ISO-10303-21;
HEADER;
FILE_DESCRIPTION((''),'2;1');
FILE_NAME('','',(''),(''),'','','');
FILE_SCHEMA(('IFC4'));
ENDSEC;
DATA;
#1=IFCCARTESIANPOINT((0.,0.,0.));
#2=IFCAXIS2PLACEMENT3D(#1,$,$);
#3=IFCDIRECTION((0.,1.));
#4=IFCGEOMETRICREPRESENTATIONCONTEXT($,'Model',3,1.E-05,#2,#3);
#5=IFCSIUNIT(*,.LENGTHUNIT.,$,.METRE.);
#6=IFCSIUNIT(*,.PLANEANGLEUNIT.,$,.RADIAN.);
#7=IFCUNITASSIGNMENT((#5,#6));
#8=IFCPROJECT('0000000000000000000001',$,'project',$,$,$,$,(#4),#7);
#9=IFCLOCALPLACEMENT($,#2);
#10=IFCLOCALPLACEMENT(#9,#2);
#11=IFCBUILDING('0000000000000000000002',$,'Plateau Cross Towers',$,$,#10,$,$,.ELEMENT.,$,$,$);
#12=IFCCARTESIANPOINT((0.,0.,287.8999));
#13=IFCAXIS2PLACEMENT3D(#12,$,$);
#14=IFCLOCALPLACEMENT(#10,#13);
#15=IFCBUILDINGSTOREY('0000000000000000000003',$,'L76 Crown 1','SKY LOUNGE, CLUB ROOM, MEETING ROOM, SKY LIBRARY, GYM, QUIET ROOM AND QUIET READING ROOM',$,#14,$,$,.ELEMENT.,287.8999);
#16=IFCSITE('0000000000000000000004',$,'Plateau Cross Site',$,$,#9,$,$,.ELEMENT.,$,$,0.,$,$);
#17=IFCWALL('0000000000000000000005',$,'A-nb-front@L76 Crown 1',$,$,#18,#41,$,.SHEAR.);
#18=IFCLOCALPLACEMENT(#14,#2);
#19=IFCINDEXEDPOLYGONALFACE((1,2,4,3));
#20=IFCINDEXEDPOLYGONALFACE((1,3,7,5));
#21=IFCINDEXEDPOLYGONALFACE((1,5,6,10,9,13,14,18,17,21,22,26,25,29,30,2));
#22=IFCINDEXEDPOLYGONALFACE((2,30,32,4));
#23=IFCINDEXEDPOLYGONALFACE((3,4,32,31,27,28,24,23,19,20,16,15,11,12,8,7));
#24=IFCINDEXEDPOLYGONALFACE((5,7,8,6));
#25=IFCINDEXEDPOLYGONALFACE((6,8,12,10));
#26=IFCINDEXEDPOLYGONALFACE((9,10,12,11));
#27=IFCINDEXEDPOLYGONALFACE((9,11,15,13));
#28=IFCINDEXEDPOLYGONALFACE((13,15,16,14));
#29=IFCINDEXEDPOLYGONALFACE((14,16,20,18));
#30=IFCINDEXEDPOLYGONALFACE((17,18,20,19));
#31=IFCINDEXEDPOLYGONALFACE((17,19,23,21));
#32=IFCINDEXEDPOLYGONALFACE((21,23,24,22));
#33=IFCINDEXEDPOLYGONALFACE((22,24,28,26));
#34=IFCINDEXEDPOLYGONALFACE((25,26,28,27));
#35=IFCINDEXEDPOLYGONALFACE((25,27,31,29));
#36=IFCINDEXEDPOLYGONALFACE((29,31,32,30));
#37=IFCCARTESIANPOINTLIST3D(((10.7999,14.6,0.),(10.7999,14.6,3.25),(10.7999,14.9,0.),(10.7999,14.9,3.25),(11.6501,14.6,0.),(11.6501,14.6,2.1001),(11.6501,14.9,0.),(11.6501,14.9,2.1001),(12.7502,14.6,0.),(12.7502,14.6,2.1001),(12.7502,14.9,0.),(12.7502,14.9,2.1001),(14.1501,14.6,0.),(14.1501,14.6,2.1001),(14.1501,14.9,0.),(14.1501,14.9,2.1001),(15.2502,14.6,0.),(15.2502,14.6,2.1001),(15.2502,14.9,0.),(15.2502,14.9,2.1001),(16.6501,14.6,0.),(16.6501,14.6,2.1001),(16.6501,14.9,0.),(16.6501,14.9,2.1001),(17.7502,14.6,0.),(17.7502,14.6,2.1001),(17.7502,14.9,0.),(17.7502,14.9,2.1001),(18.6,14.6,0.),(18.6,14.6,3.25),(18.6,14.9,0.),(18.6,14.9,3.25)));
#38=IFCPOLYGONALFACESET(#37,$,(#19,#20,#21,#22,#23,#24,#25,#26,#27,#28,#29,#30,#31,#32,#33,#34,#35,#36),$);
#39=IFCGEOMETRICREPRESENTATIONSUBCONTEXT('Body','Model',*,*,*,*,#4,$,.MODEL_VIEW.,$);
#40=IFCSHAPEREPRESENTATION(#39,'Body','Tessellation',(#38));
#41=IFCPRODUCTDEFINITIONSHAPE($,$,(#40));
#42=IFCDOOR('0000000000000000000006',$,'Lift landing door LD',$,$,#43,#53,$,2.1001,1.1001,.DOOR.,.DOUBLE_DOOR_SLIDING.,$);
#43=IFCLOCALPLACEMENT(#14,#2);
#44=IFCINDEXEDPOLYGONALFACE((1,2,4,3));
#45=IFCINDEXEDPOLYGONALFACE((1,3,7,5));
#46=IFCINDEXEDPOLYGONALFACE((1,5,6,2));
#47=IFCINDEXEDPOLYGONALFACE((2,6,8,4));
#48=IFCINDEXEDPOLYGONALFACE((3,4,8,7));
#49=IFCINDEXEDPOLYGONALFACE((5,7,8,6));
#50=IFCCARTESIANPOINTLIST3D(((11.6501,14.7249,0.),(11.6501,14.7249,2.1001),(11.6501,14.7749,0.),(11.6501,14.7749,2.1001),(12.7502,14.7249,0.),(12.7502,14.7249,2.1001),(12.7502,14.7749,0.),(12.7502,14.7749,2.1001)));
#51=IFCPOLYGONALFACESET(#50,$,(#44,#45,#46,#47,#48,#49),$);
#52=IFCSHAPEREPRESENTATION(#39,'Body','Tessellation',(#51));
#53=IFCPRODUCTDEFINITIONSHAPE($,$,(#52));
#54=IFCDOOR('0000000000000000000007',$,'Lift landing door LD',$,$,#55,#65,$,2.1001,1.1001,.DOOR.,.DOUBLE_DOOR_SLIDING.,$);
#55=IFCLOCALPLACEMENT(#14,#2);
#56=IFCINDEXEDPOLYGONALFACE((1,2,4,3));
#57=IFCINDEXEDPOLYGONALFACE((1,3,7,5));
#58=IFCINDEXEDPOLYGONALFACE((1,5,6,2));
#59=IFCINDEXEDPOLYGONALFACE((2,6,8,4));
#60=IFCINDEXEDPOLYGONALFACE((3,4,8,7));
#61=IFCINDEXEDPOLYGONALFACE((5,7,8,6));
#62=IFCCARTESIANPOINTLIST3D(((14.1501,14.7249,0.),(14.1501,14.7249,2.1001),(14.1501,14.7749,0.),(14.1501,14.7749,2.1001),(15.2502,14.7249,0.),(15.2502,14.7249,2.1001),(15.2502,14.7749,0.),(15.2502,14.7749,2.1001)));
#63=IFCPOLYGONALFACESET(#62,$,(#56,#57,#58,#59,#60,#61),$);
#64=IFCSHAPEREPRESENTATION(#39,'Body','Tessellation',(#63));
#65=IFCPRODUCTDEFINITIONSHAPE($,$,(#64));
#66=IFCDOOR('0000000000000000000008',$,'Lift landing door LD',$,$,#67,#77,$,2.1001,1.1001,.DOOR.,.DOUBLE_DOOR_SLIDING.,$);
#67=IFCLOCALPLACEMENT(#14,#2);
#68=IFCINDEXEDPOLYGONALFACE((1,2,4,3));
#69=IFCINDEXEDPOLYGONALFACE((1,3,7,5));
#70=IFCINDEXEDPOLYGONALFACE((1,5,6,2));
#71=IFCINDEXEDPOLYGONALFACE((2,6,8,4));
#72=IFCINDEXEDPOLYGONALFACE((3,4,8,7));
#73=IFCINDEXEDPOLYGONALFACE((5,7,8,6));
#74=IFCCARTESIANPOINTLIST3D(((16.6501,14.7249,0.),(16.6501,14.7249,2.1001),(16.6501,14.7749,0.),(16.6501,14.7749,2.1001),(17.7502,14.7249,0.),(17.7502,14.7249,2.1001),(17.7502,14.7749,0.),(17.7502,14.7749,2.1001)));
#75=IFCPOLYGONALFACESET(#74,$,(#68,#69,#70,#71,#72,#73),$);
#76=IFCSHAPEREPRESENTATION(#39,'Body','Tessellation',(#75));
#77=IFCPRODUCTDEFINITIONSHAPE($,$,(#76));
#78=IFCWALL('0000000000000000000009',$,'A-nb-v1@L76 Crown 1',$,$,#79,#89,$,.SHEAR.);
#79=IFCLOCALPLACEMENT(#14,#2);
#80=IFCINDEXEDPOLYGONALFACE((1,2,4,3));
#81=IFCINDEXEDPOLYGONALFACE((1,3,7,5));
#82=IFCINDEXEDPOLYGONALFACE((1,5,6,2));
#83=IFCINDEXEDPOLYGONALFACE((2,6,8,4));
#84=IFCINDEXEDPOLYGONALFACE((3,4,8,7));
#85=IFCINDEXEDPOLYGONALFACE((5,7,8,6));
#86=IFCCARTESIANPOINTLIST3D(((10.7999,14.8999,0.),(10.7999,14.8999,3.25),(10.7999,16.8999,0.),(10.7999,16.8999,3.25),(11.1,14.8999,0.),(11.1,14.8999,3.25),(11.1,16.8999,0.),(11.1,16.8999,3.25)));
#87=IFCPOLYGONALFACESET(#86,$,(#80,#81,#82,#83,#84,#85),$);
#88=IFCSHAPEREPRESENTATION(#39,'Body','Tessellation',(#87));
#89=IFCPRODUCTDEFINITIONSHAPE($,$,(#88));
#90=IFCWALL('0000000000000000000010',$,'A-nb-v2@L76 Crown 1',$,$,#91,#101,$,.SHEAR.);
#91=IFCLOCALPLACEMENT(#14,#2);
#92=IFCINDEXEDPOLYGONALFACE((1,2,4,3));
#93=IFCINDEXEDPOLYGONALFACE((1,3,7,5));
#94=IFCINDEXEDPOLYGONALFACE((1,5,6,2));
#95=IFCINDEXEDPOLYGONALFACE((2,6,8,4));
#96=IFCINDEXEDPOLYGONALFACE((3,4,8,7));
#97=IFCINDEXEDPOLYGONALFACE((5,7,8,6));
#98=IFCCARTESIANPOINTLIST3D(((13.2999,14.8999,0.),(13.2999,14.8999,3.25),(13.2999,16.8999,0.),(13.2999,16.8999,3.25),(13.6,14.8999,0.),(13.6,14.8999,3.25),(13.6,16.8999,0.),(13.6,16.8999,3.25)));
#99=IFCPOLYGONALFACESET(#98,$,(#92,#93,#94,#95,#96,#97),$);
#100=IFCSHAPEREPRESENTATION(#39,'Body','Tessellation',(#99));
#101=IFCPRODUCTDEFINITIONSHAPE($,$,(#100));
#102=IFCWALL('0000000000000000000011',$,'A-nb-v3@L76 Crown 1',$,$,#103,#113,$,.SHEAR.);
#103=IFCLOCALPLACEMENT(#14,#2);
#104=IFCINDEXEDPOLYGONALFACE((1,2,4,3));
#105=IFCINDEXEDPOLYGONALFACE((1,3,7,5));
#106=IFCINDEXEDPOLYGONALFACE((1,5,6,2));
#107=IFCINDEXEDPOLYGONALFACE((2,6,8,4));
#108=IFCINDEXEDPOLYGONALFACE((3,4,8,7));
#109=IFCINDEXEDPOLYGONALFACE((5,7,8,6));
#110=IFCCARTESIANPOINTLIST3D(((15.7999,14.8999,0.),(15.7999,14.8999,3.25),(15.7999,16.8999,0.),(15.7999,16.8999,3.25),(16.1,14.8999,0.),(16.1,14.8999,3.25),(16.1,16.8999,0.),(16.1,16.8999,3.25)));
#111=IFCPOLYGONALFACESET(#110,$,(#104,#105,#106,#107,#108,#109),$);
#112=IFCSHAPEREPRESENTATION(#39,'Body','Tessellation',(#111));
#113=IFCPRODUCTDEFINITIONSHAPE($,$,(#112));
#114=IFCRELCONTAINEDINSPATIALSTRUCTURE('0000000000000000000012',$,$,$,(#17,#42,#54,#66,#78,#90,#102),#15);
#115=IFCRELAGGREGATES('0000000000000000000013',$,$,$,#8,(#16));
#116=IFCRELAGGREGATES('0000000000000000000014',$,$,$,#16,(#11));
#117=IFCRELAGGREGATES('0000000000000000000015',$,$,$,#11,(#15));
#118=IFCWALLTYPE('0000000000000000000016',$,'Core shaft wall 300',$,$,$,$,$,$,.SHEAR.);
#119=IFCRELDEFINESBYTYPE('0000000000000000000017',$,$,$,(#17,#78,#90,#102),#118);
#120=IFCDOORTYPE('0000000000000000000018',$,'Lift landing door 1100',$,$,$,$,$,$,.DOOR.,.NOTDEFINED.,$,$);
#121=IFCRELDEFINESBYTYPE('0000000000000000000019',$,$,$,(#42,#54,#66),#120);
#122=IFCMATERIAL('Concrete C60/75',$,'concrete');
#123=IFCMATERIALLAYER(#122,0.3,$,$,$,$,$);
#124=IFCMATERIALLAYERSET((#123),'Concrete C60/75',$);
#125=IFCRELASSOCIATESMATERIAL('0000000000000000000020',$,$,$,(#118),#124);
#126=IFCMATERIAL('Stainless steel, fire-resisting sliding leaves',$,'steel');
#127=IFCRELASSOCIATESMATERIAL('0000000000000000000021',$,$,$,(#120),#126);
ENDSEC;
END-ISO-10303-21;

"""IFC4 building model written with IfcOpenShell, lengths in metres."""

from ifc_helpers import new_model, si_unit, direction, frame, frame_2d, origin, place, context, subcontext, project, spatial, rectangle, extrude, material, layer, layer_set, type_object, element, fill, save


model = new_model("IFC4")

# Units and contexts
model_context = context("Model", 3, precision=1e-05, world=origin(), true_north=direction((0.0, 1.0)))
body_context = subcontext(model_context, "Body", "Model", "MODEL_VIEW")
ifc_project = project(units=[si_unit("LENGTHUNIT", "METRE"), si_unit("PLANEANGLEUNIT", "RADIAN")], contexts=[model_context])

# Site, building, storey
site_placement = place(None, origin())
site = spatial("IfcSite", under=ifc_project, at=site_placement, Name="Plateau Cross Site", CompositionType="ELEMENT", RefElevation=0.0)
building_placement = place(site_placement, origin())
building = spatial("IfcBuilding", under=site, at=building_placement, Name="Plateau Cross Towers", CompositionType="ELEMENT")
storey_placement = place(building_placement, frame((0.0, 0.0, 287.8999)))
storey = spatial("IfcBuildingStorey", under=building, at=storey_placement, Name="L76 Crown 1", Description="SKY LOUNGE, CLUB ROOM, MEETING ROOM, SKY LIBRARY, GYM, QUIET ROOM AND QUIET READING ROOM", CompositionType="ELEMENT", Elevation=287.8999)

# Shared definitions
ifc_material_1 = material(Name="Concrete C60/75", Category="concrete")
ifc_layer_1 = layer(ifc_material_1, 0.3)
ifc_layer_set_1 = layer_set([ifc_layer_1], Name="Concrete C60/75")
wall_type_1 = type_object("IfcWallType", Name="Core shaft wall 300", PredefinedType="SHEAR", material=ifc_layer_set_1)

# Wall, openings, doors
wall_1_placement = place(storey_placement, frame((10.8, 14.75, 0.0), z_axis=(0.0, 0.0, 1.0), x_axis=(1.0, 0.0, 0.0)))
wall_1 = element("IfcWall", 1, at=wall_1_placement, inside=storey, type_object=wall_type_1, Name="A-nb-front@L76 Crown 1", PredefinedType="SHEAR", context=body_context, shape_type="SweptSolid", body=[
    extrude(rectangle(XDim=7.8, YDim=0.3, at=frame_2d((3.8999, 0.0))), origin(), (0.0, 0.0, 1.0), 3.25),
])
opening_1_placement = place(wall_1_placement, frame((0.8501, 0.0, 0.0)))
opening_1 = element("IfcOpeningElement", 2, at=opening_1_placement, cuts=wall_1, PredefinedType="OPENING", context=body_context, shape_type="SweptSolid", body=[
    extrude(rectangle(XDim=1.1001, YDim=2.1001, at=frame_2d((0.55, 1.05))), frame((0.0, 0.1599, 0.0), z_axis=(0.0, -1.0, 0.0), x_axis=(1.0, 0.0, 0.0)), (0.0, 0.0, 1.0), 0.3201),
])
opening_2_placement = place(wall_1_placement, frame((3.3501, 0.0, 0.0)))
opening_2 = element("IfcOpeningElement", 3, at=opening_2_placement, cuts=wall_1, PredefinedType="OPENING", context=body_context, shape_type="SweptSolid", body=[
    extrude(rectangle(XDim=1.1001, YDim=2.1001, at=frame_2d((0.55, 1.05))), frame((0.0, 0.1599, 0.0), z_axis=(0.0, -1.0, 0.0), x_axis=(1.0, 0.0, 0.0)), (0.0, 0.0, 1.0), 0.3201),
])
opening_3_placement = place(wall_1_placement, frame((5.8501, 0.0, 0.0)))
opening_3 = element("IfcOpeningElement", 4, at=opening_3_placement, cuts=wall_1, PredefinedType="OPENING", context=body_context, shape_type="SweptSolid", body=[
    extrude(rectangle(XDim=1.1001, YDim=2.1001, at=frame_2d((0.55, 1.05))), frame((0.0, 0.1599, 0.0), z_axis=(0.0, -1.0, 0.0), x_axis=(1.0, 0.0, 0.0)), (0.0, 0.0, 1.0), 0.3201),
])
ifc_material_2 = material(Name="Stainless steel, fire-resisting sliding leaves", Category="steel")
door_type_1 = type_object("IfcDoorType", Name="Lift landing door 1100", OperationType="NOTDEFINED", PredefinedType="DOOR", material=ifc_material_2)
door_1_placement = place(opening_1_placement, origin())
door_1 = element("IfcDoor", 5, at=door_1_placement, inside=storey, type_object=door_type_1, Name="Lift landing door LD", OperationType="DOUBLE_DOOR_SLIDING", OverallHeight=2.1001, OverallWidth=1.1001, PredefinedType="DOOR", context=body_context, shape_type="SweptSolid", body=[
    extrude(rectangle(XDim=1.1001, YDim=2.1001, at=frame_2d((0.55, 1.05))), frame((0.0, 0.0249, 0.0), z_axis=(0.0, -1.0, 0.0), x_axis=(1.0, 0.0, 0.0)), (0.0, 0.0, 1.0), 0.05),
])
fill(opening_1, door_1)
door_2_placement = place(opening_2_placement, origin())
door_2 = element("IfcDoor", 6, at=door_2_placement, inside=storey, type_object=door_type_1, Name="Lift landing door LD", OperationType="DOUBLE_DOOR_SLIDING", OverallHeight=2.1001, OverallWidth=1.1001, PredefinedType="DOOR", context=body_context, shape_type="SweptSolid", body=[
    extrude(rectangle(XDim=1.1001, YDim=2.1001, at=frame_2d((0.55, 1.05))), frame((0.0, 0.0249, 0.0), z_axis=(0.0, -1.0, 0.0), x_axis=(1.0, 0.0, 0.0)), (0.0, 0.0, 1.0), 0.05),
])
fill(opening_2, door_2)
door_3_placement = place(opening_3_placement, origin())
door_3 = element("IfcDoor", 7, at=door_3_placement, inside=storey, type_object=door_type_1, Name="Lift landing door LD", OperationType="DOUBLE_DOOR_SLIDING", OverallHeight=2.1001, OverallWidth=1.1001, PredefinedType="DOOR", context=body_context, shape_type="SweptSolid", body=[
    extrude(rectangle(XDim=1.1001, YDim=2.1001, at=frame_2d((0.55, 1.05))), frame((0.0, 0.0249, 0.0), z_axis=(0.0, -1.0, 0.0), x_axis=(1.0, 0.0, 0.0)), (0.0, 0.0, 1.0), 0.05),
])
fill(opening_3, door_3)

# Walls
for number, where, z_axis, x_axis, name in (
    (8, (10.95, 14.8999, 0.0), (0.0, 0.0, 1.0), (0.0, 1.0, 0.0), "A-nb-v1@L76 Crown 1"),
    (9, (13.45, 14.8999, 0.0), (0.0, 0.0, 1.0), (0.0, 1.0, 0.0), "A-nb-v2@L76 Crown 1"),
    (10, (15.95, 14.8999, 0.0), (0.0, 0.0, 1.0), (0.0, 1.0, 0.0), "A-nb-v3@L76 Crown 1"),
):
    element("IfcWall", number, at=place(storey_placement, frame(where, z_axis=z_axis, x_axis=x_axis)), inside=storey, type_object=wall_type_1, Name=name, PredefinedType="SHEAR", context=body_context, shape_type="SweptSolid", body=[
        extrude(rectangle(XDim=2.0, YDim=0.3, at=frame_2d((1.0, 0.0))), origin(), (0.0, 0.0, 1.0), 3.25),
    ])

save(model, "model.ifc")
